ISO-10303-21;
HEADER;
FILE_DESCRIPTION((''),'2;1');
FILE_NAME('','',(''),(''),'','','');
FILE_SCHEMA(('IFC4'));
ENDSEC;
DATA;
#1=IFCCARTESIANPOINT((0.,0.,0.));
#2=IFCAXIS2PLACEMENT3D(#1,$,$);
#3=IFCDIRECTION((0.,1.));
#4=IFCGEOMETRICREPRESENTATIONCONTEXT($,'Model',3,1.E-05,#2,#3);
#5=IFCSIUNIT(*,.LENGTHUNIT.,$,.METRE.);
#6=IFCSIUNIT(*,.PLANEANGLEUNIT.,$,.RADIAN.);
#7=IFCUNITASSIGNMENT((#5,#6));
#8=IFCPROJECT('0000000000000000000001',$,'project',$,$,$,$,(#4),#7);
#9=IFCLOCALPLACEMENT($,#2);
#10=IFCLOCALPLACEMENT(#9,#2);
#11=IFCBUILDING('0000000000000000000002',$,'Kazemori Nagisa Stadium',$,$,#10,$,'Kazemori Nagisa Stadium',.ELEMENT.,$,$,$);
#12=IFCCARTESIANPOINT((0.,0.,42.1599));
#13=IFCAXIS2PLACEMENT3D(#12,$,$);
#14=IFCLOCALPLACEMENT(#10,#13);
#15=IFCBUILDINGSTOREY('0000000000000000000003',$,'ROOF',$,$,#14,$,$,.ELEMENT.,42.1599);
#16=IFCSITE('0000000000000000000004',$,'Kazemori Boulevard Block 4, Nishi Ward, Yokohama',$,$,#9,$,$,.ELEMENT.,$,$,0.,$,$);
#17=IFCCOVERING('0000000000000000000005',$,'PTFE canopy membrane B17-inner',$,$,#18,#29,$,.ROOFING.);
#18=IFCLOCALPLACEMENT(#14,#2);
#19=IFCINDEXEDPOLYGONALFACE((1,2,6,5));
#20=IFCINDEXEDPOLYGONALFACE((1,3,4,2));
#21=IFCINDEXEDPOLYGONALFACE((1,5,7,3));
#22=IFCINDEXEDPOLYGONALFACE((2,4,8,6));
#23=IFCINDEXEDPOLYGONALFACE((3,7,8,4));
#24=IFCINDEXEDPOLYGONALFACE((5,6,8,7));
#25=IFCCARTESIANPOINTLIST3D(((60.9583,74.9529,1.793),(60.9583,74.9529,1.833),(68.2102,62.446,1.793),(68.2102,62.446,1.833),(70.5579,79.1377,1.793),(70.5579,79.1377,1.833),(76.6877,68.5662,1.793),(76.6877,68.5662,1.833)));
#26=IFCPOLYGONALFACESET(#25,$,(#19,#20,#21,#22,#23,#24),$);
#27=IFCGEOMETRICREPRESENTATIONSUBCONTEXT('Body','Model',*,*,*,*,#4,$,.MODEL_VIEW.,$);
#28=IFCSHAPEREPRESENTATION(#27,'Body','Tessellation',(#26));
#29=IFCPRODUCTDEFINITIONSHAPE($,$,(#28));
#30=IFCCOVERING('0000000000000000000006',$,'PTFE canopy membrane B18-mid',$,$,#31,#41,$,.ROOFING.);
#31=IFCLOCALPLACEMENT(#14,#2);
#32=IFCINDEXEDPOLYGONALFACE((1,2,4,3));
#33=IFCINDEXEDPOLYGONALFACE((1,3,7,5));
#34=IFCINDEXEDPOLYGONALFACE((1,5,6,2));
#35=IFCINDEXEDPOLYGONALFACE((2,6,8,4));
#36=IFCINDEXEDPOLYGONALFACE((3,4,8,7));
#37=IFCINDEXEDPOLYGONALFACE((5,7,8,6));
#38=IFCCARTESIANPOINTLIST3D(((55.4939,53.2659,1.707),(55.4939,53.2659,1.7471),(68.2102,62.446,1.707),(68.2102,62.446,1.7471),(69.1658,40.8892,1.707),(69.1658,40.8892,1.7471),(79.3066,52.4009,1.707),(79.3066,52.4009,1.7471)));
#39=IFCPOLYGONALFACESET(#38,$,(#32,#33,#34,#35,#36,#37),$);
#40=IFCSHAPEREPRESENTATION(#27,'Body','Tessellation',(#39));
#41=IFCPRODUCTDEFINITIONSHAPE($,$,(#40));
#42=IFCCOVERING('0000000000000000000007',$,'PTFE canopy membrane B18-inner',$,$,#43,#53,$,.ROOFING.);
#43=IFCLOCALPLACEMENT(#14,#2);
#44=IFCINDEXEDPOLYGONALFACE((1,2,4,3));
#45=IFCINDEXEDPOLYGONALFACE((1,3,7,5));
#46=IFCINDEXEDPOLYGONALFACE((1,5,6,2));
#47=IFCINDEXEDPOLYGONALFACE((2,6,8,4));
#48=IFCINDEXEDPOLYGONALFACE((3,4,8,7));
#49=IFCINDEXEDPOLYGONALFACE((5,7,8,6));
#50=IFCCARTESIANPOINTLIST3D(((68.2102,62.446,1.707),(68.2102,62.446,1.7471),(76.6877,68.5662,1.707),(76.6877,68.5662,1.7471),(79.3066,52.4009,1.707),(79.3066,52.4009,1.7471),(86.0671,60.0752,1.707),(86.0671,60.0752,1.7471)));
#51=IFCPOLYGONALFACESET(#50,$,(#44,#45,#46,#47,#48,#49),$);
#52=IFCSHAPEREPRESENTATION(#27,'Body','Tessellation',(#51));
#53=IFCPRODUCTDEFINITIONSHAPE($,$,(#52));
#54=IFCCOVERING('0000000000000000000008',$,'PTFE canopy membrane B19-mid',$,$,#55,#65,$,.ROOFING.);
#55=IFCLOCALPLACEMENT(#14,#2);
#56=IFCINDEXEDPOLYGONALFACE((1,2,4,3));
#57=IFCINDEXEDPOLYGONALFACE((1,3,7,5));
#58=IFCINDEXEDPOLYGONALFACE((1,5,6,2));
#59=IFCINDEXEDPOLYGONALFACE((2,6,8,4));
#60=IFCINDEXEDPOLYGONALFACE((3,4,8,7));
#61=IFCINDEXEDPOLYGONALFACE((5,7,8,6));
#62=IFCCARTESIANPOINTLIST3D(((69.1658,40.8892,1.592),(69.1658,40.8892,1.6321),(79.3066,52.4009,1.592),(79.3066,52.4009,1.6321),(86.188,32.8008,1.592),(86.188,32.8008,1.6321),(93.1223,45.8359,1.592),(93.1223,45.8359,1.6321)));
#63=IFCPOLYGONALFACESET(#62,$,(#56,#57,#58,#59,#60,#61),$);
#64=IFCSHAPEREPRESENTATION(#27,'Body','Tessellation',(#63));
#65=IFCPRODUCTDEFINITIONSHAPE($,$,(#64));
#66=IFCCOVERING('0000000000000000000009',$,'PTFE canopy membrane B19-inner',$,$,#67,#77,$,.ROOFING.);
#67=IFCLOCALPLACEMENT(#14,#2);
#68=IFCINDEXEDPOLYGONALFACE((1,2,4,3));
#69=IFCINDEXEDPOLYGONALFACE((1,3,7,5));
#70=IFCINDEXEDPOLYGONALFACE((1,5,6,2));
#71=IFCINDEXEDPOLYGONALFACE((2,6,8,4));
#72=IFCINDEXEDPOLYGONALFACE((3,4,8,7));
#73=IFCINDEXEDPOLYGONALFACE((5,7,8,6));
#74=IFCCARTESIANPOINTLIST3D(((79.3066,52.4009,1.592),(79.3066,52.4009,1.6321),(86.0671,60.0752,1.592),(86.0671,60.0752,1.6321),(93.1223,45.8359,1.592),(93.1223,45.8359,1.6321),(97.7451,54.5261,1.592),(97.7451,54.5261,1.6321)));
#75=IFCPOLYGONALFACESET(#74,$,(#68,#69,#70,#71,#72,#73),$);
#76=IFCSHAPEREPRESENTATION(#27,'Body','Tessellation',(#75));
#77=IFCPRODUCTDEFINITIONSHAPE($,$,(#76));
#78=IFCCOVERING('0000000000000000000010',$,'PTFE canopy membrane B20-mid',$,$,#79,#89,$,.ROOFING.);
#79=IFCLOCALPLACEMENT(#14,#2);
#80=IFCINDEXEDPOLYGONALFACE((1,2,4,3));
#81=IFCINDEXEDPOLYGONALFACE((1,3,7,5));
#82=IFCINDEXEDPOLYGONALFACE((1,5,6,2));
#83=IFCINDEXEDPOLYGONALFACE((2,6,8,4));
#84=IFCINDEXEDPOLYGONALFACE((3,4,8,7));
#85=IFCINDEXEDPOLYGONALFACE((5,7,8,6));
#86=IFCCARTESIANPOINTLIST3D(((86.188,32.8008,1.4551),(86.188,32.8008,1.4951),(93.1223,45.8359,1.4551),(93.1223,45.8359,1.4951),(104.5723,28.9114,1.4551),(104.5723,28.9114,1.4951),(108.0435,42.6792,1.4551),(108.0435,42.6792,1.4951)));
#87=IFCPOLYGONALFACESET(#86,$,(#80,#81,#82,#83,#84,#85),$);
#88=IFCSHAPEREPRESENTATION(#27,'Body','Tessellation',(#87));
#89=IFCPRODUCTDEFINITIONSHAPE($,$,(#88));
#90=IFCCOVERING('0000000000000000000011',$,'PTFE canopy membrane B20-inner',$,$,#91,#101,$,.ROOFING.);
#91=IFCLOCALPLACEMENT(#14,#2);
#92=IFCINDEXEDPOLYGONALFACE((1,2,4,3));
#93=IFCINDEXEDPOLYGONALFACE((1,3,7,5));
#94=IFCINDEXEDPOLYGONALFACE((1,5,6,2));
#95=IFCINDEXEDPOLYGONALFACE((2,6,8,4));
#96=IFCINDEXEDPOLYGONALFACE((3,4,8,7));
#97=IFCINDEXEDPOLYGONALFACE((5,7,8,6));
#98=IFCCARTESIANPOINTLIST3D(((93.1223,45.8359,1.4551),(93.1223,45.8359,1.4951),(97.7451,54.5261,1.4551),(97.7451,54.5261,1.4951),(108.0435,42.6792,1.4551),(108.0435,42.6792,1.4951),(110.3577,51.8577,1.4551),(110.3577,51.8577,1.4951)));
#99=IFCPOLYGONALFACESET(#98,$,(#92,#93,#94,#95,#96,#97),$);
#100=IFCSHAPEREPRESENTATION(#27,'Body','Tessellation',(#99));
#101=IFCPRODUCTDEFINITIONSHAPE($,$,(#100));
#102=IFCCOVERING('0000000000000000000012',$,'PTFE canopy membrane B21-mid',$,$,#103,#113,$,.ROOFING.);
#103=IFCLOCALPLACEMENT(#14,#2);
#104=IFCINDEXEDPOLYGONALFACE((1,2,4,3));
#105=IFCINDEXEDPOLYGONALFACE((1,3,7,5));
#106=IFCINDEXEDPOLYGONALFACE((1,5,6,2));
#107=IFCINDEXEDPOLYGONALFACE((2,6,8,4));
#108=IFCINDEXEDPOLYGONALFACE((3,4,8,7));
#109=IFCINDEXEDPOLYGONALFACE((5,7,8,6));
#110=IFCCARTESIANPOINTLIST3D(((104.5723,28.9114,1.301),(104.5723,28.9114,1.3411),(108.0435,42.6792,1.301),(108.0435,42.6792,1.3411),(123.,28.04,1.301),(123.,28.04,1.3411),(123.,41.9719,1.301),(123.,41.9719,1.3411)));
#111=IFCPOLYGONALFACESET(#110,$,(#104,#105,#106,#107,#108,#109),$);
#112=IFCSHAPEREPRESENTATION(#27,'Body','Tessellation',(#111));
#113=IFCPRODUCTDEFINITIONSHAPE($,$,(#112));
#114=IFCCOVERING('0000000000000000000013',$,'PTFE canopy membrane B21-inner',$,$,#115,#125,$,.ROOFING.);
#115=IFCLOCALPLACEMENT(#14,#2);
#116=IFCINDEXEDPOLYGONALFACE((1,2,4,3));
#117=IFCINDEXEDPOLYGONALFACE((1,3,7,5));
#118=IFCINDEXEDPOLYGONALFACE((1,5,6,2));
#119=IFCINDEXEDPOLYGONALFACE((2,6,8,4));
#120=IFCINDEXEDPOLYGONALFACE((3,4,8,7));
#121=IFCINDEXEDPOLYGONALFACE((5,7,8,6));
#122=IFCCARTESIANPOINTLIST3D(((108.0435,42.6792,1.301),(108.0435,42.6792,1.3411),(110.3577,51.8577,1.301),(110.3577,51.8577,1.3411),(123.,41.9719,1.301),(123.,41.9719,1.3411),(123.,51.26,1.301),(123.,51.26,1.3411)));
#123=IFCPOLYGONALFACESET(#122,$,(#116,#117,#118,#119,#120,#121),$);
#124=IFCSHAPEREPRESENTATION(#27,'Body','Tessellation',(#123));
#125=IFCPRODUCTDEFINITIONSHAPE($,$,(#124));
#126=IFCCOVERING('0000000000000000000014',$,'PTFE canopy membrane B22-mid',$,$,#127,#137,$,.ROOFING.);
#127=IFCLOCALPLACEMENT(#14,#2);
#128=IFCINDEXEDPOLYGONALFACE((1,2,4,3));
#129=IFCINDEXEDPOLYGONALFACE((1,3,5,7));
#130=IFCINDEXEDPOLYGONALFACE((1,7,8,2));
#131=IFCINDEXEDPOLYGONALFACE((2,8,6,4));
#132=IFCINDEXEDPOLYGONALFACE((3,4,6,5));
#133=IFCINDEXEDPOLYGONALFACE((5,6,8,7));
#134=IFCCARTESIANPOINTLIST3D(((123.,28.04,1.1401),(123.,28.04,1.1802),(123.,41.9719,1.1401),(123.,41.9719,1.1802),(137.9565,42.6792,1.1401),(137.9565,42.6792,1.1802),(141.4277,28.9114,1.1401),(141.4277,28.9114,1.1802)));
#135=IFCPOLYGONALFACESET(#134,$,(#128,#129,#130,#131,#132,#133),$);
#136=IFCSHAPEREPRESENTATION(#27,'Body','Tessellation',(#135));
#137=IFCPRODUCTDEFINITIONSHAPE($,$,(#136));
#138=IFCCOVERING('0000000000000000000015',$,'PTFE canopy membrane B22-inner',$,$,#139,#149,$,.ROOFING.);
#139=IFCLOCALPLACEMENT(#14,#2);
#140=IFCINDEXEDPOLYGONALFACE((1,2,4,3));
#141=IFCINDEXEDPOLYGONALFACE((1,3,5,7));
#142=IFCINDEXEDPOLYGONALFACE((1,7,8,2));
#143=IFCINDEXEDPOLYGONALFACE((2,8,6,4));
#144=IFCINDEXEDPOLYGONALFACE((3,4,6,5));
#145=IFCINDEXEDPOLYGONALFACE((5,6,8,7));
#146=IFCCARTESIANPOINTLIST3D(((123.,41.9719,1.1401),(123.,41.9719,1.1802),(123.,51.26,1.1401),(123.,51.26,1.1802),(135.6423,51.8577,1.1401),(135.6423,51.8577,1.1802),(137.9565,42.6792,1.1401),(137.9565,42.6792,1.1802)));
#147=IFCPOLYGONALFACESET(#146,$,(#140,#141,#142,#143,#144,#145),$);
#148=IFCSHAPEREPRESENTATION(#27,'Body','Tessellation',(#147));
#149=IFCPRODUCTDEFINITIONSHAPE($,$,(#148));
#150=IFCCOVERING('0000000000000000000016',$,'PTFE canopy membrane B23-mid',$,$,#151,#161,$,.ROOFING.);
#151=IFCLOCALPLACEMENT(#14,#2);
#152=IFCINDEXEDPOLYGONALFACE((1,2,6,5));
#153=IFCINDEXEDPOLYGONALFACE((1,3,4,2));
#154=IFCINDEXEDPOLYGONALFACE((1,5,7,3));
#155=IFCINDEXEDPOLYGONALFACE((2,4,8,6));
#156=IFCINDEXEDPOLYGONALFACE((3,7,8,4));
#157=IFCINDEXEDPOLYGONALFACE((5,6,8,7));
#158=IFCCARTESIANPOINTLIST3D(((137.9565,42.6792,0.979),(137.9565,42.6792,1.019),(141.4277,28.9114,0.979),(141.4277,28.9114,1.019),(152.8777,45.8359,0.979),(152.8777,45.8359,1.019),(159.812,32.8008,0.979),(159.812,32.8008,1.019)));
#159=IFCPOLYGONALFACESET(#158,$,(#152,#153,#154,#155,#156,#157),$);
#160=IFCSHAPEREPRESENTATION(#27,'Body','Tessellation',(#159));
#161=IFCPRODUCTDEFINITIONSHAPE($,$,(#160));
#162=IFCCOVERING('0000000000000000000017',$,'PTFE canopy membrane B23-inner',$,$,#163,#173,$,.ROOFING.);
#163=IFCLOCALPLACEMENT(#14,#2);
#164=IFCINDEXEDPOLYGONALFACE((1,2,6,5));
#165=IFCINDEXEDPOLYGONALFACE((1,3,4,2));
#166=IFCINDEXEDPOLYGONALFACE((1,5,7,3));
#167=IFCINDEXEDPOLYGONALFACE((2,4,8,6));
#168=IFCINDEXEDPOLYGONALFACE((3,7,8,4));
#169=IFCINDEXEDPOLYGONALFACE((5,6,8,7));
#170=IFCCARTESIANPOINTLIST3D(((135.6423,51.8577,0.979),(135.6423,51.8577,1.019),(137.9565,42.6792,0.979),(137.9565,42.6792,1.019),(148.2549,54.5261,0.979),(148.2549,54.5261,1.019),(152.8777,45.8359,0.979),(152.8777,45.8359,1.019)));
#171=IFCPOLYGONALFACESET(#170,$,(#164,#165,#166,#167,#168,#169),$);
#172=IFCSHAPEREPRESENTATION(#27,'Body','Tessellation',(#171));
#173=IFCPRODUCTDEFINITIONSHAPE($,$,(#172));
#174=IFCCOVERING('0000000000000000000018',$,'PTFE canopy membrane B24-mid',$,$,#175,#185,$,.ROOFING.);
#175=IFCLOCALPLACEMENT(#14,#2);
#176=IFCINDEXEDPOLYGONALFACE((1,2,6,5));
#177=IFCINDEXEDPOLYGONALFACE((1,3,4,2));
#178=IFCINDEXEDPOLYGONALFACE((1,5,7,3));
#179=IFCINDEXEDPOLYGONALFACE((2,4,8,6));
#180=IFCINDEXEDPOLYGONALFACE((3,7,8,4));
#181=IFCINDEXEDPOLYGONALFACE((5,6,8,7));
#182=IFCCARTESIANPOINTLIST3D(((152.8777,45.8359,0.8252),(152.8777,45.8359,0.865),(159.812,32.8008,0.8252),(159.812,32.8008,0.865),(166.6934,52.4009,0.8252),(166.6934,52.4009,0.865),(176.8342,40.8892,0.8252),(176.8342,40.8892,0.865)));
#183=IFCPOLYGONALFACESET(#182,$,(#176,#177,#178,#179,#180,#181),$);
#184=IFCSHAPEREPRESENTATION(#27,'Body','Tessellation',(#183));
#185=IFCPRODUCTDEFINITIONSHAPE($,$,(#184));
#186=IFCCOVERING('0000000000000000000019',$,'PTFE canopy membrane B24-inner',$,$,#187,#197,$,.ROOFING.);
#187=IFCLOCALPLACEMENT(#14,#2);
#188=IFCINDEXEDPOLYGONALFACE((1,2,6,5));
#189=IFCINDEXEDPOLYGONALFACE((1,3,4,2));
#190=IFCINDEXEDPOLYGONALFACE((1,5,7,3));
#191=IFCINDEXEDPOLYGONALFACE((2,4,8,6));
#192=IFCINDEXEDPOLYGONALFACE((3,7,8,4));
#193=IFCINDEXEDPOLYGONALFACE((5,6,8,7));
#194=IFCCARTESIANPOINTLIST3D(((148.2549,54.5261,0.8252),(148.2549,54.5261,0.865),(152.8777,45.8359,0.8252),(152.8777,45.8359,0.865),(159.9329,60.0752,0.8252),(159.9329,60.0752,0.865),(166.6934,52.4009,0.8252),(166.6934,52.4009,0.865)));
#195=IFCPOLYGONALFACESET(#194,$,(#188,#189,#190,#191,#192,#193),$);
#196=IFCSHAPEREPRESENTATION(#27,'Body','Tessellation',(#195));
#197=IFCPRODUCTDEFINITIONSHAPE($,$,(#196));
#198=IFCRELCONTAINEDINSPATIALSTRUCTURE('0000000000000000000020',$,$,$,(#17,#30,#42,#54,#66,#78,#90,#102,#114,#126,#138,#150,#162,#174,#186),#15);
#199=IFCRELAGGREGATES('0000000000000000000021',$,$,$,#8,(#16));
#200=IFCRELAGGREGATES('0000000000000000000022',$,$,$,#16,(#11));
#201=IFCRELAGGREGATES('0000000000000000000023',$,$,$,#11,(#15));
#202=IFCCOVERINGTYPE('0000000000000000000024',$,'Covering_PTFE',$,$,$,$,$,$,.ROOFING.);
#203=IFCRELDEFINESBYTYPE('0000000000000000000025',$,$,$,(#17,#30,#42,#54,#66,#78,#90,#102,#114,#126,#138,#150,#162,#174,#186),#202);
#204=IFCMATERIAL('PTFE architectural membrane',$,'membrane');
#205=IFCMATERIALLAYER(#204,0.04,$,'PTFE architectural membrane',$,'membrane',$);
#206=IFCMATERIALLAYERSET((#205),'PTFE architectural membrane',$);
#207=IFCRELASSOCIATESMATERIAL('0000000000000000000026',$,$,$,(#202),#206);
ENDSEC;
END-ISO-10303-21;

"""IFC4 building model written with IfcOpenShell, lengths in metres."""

from ifc_helpers import new_model, si_unit, direction, frame, origin, place, context, subcontext, project, spatial, polyline, outline, extrude, material, layer, layer_set, type_object, element, save


model = new_model("IFC4")

# Units and contexts
model_context = context("Model", 3, precision=1e-05, world=origin(), true_north=direction((0.0, 1.0)))
body_context = subcontext(model_context, "Body", "Model", "MODEL_VIEW")
ifc_project = project(units=[si_unit("LENGTHUNIT", "METRE"), si_unit("PLANEANGLEUNIT", "RADIAN")], contexts=[model_context])

# Site, building, storey
site_placement = place(None, origin())
site = spatial("IfcSite", under=ifc_project, at=site_placement, Name="Kazemori Boulevard Block 4, Nishi Ward, Yokohama", CompositionType="ELEMENT", RefElevation=0.0)
building_placement = place(site_placement, origin())
building = spatial("IfcBuilding", under=site, at=building_placement, Name="Kazemori Nagisa Stadium", LongName="Kazemori Nagisa Stadium", CompositionType="ELEMENT")
storey_placement = place(building_placement, frame((0.0, 0.0, 42.1599)))
storey = spatial("IfcBuildingStorey", under=building, at=storey_placement, Name="ROOF", CompositionType="ELEMENT", Elevation=42.1599)

# Coverings
ifc_material_1 = material(Name="PTFE architectural membrane", Category="membrane")
ifc_layer_1 = layer(ifc_material_1, 0.04, Name="PTFE architectural membrane", Category="membrane")
ifc_layer_set_1 = layer_set([ifc_layer_1], Name="PTFE architectural membrane")
covering_type = type_object("IfcCoveringType", Name="Covering_PTFE", PredefinedType="ROOFING", material=ifc_layer_set_1)
covering_1_placement = place(storey_placement, frame((0.0, 0.0, 1.793)))
element("IfcCovering", 1, at=covering_1_placement, inside=storey, type_object=covering_type, Name="PTFE canopy membrane B17-inner", PredefinedType="ROOFING", context=body_context, shape_type="SweptSolid", body=[
    extrude(outline(polyline([(60.9583, 74.9529), (68.2102, 62.446), (76.6877, 68.5662), (70.5579, 79.1377), (60.9583, 74.9529)])), origin(), (0.0, 0.0, 1.0), 0.04),
])
covering_2_placement = place(storey_placement, frame((0.0, 0.0, 1.707)))
element("IfcCovering", 2, at=covering_2_placement, inside=storey, type_object=covering_type, Name="PTFE canopy membrane B18-mid", PredefinedType="ROOFING", context=body_context, shape_type="SweptSolid", body=[
    extrude(outline(polyline([(55.4939, 53.2659), (69.1658, 40.8892), (79.3066, 52.4009), (68.2102, 62.446), (55.4939, 53.2659)])), origin(), (0.0, 0.0, 1.0), 0.04),
])
covering_3_placement = place(storey_placement, frame((0.0, 0.0, 1.707)))
element("IfcCovering", 3, at=covering_3_placement, inside=storey, type_object=covering_type, Name="PTFE canopy membrane B18-inner", PredefinedType="ROOFING", context=body_context, shape_type="SweptSolid", body=[
    extrude(outline(polyline([(68.2102, 62.446), (79.3066, 52.4009), (86.0671, 60.0752), (76.6877, 68.5662), (68.2102, 62.446)])), origin(), (0.0, 0.0, 1.0), 0.04),
])
covering_4_placement = place(storey_placement, frame((0.0, 0.0, 1.592)))
element("IfcCovering", 4, at=covering_4_placement, inside=storey, type_object=covering_type, Name="PTFE canopy membrane B19-mid", PredefinedType="ROOFING", context=body_context, shape_type="SweptSolid", body=[
    extrude(outline(polyline([(69.1658, 40.8892), (86.188, 32.8008), (93.1223, 45.8359), (79.3066, 52.4009), (69.1658, 40.8892)])), origin(), (0.0, 0.0, 1.0), 0.04),
])
covering_5_placement = place(storey_placement, frame((0.0, 0.0, 1.592)))
element("IfcCovering", 5, at=covering_5_placement, inside=storey, type_object=covering_type, Name="PTFE canopy membrane B19-inner", PredefinedType="ROOFING", context=body_context, shape_type="SweptSolid", body=[
    extrude(outline(polyline([(79.3066, 52.4009), (93.1223, 45.8359), (97.7451, 54.5261), (86.0671, 60.0752), (79.3066, 52.4009)])), origin(), (0.0, 0.0, 1.0), 0.04),
])
covering_6_placement = place(storey_placement, frame((0.0, 0.0, 1.4551)))
element("IfcCovering", 6, at=covering_6_placement, inside=storey, type_object=covering_type, Name="PTFE canopy membrane B20-mid", PredefinedType="ROOFING", context=body_context, shape_type="SweptSolid", body=[
    extrude(outline(polyline([(86.188, 32.8008), (104.5723, 28.9114), (108.0435, 42.6792), (93.1223, 45.8359), (86.188, 32.8008)])), origin(), (0.0, 0.0, 1.0), 0.04),
])
covering_7_placement = place(storey_placement, frame((0.0, 0.0, 1.4551)))
element("IfcCovering", 7, at=covering_7_placement, inside=storey, type_object=covering_type, Name="PTFE canopy membrane B20-inner", PredefinedType="ROOFING", context=body_context, shape_type="SweptSolid", body=[
    extrude(outline(polyline([(93.1223, 45.8359), (108.0435, 42.6792), (110.3577, 51.8577), (97.7451, 54.5261), (93.1223, 45.8359)])), origin(), (0.0, 0.0, 1.0), 0.04),
])
covering_8_placement = place(storey_placement, frame((0.0, 0.0, 1.301)))
element("IfcCovering", 8, at=covering_8_placement, inside=storey, type_object=covering_type, Name="PTFE canopy membrane B21-mid", PredefinedType="ROOFING", context=body_context, shape_type="SweptSolid", body=[
    extrude(outline(polyline([(104.5723, 28.9114), (123.0, 28.04), (123.0, 41.9719), (108.0435, 42.6792), (104.5723, 28.9114)])), origin(), (0.0, 0.0, 1.0), 0.04),
])
covering_9_placement = place(storey_placement, frame((0.0, 0.0, 1.301)))
element("IfcCovering", 9, at=covering_9_placement, inside=storey, type_object=covering_type, Name="PTFE canopy membrane B21-inner", PredefinedType="ROOFING", context=body_context, shape_type="SweptSolid", body=[
    extrude(outline(polyline([(108.0435, 42.6792), (123.0, 41.9719), (123.0, 51.26), (110.3577, 51.8577), (108.0435, 42.6792)])), origin(), (0.0, 0.0, 1.0), 0.04),
])
covering_10_placement = place(storey_placement, frame((0.0, 0.0, 1.1401)))
element("IfcCovering", 10, at=covering_10_placement, inside=storey, type_object=covering_type, Name="PTFE canopy membrane B22-mid", PredefinedType="ROOFING", context=body_context, shape_type="SweptSolid", body=[
    extrude(outline(polyline([(123.0, 28.04), (141.4277, 28.9114), (137.9565, 42.6792), (123.0, 41.9719), (123.0, 28.04)])), origin(), (0.0, 0.0, 1.0), 0.04),
])
covering_11_placement = place(storey_placement, frame((0.0, 0.0, 1.1401)))
element("IfcCovering", 11, at=covering_11_placement, inside=storey, type_object=covering_type, Name="PTFE canopy membrane B22-inner", PredefinedType="ROOFING", context=body_context, shape_type="SweptSolid", body=[
    extrude(outline(polyline([(123.0, 41.9719), (137.9565, 42.6792), (135.6423, 51.8577), (123.0, 51.26), (123.0, 41.9719)])), origin(), (0.0, 0.0, 1.0), 0.04),
])
covering_12_placement = place(storey_placement, frame((0.0, 0.0, 0.979)))
element("IfcCovering", 12, at=covering_12_placement, inside=storey, type_object=covering_type, Name="PTFE canopy membrane B23-mid", PredefinedType="ROOFING", context=body_context, shape_type="SweptSolid", body=[
    extrude(outline(polyline([(141.4277, 28.9114), (159.812, 32.8008), (152.8777, 45.8359), (137.9565, 42.6792), (141.4277, 28.9114)])), origin(), (0.0, 0.0, 1.0), 0.04),
])
covering_13_placement = place(storey_placement, frame((0.0, 0.0, 0.979)))
element("IfcCovering", 13, at=covering_13_placement, inside=storey, type_object=covering_type, Name="PTFE canopy membrane B23-inner", PredefinedType="ROOFING", context=body_context, shape_type="SweptSolid", body=[
    extrude(outline(polyline([(137.9565, 42.6792), (152.8777, 45.8359), (148.2549, 54.5261), (135.6423, 51.8577), (137.9565, 42.6792)])), origin(), (0.0, 0.0, 1.0), 0.04),
])
covering_14_placement = place(storey_placement, frame((0.0, 0.0, 0.8252)))
element("IfcCovering", 14, at=covering_14_placement, inside=storey, type_object=covering_type, Name="PTFE canopy membrane B24-mid", PredefinedType="ROOFING", context=body_context, shape_type="SweptSolid", body=[
    extrude(outline(polyline([(159.812, 32.8008), (176.8342, 40.8892), (166.6934, 52.4009), (152.8777, 45.8359), (159.812, 32.8008)])), origin(), (0.0, 0.0, 1.0), 0.0398),
])
covering_15_placement = place(storey_placement, frame((0.0, 0.0, 0.8252)))
element("IfcCovering", 15, at=covering_15_placement, inside=storey, type_object=covering_type, Name="PTFE canopy membrane B24-inner", PredefinedType="ROOFING", context=body_context, shape_type="SweptSolid", body=[
    extrude(outline(polyline([(152.8777, 45.8359), (166.6934, 52.4009), (159.9329, 60.0752), (148.2549, 54.5261), (152.8777, 45.8359)])), origin(), (0.0, 0.0, 1.0), 0.0398),
])

save(model, "model.ifc")
